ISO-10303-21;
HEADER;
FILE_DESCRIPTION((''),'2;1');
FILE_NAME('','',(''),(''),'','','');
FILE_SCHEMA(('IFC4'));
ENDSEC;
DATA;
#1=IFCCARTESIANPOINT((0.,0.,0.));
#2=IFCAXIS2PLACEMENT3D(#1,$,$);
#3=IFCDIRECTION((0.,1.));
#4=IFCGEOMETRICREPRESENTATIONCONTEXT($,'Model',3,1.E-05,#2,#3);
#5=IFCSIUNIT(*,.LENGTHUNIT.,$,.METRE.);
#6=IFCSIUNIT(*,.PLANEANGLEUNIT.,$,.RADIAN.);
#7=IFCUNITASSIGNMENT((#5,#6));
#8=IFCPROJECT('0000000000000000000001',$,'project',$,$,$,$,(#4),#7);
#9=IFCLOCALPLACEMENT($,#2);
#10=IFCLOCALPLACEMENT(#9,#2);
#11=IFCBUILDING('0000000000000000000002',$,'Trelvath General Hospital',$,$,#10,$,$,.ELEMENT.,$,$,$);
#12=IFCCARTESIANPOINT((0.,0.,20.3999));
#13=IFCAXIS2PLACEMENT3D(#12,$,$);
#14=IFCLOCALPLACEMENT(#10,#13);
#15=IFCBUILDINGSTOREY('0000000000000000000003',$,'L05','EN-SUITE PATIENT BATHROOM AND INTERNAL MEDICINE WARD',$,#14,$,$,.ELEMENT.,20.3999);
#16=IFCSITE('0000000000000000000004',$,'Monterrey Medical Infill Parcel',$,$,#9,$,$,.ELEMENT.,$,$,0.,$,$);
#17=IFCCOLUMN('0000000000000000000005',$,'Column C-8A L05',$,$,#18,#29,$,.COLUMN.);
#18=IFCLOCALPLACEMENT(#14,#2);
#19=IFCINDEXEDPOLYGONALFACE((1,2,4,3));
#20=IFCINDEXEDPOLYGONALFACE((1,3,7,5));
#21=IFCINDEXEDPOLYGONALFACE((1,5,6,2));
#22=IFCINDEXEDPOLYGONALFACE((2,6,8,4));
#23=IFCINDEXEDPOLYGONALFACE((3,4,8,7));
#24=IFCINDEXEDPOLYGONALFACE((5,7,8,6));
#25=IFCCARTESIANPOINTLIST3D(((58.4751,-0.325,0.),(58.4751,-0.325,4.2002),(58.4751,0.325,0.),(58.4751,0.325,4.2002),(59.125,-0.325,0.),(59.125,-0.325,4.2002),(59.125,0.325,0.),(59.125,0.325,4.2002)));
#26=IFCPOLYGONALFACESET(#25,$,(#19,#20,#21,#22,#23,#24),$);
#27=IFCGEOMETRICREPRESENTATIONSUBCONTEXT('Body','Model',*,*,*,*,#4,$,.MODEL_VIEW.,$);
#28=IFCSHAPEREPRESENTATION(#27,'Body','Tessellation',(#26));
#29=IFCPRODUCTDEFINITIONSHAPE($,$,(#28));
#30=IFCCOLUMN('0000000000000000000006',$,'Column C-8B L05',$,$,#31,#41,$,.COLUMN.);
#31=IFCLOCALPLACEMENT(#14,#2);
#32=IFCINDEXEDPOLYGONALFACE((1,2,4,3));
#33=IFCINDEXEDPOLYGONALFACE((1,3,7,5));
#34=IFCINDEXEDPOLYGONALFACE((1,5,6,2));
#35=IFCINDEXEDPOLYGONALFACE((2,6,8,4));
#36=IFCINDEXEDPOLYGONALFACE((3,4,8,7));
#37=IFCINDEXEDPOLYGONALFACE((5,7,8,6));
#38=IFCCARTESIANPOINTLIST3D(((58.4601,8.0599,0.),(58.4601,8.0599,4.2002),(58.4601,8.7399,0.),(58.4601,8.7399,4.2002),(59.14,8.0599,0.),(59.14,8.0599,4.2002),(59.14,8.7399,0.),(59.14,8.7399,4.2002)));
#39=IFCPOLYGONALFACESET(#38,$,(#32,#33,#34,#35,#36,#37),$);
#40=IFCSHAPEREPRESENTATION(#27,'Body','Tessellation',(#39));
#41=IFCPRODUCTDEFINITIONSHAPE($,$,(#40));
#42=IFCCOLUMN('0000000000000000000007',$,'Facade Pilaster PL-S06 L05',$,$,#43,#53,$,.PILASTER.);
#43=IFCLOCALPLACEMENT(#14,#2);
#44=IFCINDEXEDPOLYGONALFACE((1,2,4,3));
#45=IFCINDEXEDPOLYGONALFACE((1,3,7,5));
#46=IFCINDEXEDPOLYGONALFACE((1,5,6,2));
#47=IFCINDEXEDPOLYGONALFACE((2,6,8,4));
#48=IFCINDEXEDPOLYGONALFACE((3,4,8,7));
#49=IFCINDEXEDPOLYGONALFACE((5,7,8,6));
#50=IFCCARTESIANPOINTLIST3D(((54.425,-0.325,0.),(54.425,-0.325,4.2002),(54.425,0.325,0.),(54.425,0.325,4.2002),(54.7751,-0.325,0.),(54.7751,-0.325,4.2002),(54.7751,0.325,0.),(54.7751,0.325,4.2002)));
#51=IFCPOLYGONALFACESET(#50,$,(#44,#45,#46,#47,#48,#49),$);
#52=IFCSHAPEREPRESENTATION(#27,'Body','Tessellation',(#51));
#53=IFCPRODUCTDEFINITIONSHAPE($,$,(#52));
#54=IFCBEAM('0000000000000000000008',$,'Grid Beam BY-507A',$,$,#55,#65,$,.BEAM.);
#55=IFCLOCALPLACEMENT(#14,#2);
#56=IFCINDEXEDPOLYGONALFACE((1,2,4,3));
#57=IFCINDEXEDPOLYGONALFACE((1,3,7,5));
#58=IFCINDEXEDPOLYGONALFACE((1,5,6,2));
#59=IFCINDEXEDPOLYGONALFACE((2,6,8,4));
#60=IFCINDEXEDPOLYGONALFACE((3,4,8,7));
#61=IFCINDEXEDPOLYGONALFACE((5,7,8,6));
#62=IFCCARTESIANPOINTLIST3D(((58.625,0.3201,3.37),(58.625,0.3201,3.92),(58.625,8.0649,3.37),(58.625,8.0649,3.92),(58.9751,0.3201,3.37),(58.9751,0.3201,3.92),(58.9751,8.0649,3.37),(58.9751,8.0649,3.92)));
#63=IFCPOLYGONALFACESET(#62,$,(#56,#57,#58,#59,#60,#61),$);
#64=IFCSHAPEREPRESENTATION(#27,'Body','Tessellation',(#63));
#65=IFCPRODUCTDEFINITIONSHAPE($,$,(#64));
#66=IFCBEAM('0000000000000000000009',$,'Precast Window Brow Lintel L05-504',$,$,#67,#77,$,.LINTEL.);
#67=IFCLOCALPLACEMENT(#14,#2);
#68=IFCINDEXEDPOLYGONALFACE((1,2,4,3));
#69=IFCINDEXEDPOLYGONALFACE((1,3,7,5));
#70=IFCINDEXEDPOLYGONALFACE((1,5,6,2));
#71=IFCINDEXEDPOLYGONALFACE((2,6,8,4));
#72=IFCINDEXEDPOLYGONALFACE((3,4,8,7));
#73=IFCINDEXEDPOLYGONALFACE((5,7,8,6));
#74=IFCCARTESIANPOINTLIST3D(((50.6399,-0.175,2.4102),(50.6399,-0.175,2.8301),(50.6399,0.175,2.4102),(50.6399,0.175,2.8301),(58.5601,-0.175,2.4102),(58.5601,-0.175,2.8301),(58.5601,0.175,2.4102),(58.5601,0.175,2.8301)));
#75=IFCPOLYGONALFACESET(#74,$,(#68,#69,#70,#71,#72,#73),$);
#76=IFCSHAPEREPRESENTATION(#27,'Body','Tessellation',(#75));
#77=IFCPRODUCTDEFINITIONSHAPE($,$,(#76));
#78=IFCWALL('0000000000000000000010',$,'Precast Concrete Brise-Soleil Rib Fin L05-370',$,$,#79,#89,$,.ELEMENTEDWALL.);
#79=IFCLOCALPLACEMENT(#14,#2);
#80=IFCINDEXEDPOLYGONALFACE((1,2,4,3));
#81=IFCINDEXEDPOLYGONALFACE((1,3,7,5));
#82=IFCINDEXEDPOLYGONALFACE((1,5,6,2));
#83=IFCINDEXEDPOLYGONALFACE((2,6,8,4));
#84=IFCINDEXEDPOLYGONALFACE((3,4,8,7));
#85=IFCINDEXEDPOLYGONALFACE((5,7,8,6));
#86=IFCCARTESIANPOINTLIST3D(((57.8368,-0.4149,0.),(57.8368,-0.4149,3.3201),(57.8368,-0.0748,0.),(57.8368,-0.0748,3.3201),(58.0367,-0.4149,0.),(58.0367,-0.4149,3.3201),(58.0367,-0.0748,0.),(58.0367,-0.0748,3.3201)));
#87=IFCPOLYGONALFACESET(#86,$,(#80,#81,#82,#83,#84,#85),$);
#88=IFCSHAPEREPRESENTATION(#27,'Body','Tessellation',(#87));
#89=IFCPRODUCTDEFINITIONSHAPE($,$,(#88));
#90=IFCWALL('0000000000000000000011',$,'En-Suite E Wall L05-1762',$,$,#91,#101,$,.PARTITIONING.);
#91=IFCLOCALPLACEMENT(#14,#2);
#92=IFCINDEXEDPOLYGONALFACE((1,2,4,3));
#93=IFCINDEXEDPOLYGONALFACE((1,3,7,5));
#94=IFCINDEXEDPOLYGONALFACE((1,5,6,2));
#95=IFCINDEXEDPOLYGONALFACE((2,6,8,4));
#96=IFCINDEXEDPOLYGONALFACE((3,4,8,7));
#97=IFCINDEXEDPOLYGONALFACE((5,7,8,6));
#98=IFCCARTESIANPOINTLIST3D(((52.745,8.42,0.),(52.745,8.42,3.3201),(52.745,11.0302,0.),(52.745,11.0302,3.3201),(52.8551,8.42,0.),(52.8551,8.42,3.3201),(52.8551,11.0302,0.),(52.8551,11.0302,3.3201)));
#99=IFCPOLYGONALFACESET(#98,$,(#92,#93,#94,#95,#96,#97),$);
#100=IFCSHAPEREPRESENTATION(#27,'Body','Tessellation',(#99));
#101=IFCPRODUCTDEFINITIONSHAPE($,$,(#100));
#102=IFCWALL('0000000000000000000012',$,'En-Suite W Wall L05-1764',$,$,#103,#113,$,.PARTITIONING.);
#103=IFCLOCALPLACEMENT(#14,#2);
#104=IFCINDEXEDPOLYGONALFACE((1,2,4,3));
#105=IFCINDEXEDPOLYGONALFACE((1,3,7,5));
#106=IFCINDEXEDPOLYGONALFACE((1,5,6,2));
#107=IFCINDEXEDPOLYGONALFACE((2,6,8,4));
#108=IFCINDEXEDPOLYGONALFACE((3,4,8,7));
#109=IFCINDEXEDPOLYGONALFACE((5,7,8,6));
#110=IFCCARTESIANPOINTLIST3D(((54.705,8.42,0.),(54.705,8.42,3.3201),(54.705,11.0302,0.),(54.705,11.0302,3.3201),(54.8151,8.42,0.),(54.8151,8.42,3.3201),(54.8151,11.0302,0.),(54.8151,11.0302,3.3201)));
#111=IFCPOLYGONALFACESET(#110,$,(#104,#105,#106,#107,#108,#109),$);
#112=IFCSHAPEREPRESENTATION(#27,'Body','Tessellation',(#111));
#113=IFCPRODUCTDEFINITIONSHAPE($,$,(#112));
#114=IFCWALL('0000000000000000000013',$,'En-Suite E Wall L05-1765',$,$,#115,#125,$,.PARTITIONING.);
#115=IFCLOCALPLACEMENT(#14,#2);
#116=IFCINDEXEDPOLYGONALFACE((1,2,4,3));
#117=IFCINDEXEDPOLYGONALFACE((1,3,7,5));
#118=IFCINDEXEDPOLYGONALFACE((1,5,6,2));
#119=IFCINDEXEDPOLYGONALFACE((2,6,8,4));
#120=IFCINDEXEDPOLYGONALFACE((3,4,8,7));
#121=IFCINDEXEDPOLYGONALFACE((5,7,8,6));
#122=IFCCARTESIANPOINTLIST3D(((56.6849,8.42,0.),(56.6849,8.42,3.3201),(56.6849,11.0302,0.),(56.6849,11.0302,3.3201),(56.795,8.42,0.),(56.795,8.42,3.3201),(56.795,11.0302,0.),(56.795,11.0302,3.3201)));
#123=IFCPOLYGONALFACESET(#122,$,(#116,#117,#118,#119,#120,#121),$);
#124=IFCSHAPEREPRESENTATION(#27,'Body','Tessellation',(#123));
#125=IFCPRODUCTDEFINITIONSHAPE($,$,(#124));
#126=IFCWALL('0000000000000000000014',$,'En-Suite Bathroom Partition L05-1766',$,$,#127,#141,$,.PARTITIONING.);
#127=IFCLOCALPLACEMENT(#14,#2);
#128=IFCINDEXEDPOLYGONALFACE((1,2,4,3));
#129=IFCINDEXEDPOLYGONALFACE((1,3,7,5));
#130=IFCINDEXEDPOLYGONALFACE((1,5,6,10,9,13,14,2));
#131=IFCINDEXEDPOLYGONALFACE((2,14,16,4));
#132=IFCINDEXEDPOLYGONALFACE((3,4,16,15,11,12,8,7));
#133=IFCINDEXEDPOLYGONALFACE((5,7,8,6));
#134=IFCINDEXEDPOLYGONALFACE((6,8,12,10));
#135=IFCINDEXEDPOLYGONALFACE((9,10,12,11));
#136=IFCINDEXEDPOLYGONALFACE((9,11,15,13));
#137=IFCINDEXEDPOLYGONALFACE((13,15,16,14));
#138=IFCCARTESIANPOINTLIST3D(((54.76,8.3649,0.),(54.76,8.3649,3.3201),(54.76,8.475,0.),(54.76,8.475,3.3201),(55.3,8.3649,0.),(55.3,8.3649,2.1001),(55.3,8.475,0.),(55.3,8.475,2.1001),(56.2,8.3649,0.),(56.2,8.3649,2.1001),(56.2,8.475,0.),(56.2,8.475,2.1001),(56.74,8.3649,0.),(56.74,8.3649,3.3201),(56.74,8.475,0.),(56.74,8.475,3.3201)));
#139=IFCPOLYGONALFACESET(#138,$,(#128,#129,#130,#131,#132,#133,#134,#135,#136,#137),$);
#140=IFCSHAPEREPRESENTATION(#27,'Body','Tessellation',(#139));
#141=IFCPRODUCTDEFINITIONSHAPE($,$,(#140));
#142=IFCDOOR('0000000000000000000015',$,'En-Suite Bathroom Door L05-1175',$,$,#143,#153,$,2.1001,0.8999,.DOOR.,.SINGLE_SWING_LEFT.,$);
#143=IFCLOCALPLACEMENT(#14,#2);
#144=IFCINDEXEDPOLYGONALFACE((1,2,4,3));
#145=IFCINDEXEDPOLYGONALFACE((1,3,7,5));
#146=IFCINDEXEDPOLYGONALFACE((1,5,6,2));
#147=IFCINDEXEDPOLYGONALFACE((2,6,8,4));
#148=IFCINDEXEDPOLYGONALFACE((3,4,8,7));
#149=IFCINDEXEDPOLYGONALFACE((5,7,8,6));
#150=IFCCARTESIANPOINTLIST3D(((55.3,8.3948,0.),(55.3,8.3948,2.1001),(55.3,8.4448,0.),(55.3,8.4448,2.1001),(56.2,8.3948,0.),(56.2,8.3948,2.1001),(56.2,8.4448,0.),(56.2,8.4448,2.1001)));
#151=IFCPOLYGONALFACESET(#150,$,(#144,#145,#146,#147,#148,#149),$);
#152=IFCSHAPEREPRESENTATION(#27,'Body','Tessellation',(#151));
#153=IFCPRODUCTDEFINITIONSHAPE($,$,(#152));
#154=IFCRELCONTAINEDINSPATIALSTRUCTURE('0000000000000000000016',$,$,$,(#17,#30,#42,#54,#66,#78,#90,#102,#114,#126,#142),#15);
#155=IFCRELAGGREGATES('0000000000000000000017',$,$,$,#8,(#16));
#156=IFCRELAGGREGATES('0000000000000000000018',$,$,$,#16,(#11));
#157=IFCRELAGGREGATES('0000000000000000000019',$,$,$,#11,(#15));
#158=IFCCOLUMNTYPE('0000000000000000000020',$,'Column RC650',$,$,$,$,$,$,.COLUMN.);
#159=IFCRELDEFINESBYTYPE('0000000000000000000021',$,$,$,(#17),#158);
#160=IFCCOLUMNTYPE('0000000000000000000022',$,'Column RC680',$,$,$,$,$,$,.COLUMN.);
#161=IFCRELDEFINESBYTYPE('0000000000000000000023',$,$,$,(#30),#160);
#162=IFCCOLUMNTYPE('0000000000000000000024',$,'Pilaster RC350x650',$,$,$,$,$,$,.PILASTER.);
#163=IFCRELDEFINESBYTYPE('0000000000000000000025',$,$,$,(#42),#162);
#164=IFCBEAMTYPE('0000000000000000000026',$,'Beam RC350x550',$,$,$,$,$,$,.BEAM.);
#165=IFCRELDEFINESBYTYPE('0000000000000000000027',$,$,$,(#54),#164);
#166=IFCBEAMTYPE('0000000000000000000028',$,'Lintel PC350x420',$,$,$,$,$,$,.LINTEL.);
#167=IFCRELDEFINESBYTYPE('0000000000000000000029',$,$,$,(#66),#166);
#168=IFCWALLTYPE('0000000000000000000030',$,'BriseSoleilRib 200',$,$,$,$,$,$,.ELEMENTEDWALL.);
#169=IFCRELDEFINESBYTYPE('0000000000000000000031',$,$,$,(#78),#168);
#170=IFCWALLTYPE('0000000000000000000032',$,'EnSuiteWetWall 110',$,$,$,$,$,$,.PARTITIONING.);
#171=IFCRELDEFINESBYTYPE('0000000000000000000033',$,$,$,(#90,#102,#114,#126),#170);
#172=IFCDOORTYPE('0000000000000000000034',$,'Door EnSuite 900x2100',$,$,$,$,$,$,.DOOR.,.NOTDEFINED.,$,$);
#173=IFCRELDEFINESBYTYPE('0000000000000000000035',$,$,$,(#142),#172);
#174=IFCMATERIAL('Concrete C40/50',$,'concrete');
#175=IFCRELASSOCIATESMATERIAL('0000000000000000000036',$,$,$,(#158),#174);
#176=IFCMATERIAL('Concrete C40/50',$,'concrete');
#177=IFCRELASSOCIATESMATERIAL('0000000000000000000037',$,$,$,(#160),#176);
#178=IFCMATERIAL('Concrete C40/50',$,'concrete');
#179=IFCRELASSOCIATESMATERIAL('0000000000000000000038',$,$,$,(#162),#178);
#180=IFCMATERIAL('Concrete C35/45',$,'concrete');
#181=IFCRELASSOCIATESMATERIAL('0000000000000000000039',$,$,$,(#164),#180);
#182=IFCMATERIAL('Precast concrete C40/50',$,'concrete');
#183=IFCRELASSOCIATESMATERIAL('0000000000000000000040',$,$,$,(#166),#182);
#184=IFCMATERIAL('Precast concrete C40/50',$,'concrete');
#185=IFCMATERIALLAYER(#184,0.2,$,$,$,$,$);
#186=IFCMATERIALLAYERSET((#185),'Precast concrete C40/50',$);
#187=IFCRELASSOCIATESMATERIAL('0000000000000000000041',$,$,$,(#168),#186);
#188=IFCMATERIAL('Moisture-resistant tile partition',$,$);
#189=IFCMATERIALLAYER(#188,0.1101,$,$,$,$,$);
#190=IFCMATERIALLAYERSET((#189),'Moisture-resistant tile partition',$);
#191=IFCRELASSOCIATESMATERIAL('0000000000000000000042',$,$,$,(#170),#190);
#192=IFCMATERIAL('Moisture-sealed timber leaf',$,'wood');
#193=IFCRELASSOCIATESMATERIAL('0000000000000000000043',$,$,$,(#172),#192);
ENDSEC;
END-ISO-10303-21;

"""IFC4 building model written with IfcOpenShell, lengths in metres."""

from ifc_helpers import new_model, si_unit, direction, frame, frame_2d, origin, origin_2d, place, context, subcontext, project, spatial, rectangle, extrude, material, layer, layer_set, material_profile, profile_set, type_object, element, fill, save


model = new_model("IFC4")

# Units and contexts
model_context = context("Model", 3, precision=1e-05, world=origin(), true_north=direction((0.0, 1.0)))
body_context = subcontext(model_context, "Body", "Model", "MODEL_VIEW")
ifc_project = project(units=[si_unit("LENGTHUNIT", "METRE"), si_unit("PLANEANGLEUNIT", "RADIAN")], contexts=[model_context])

# Site, building, storey
site_placement = place(None, origin())
site = spatial("IfcSite", under=ifc_project, at=site_placement, Name="Monterrey Medical Infill Parcel", CompositionType="ELEMENT", RefElevation=0.0)
building_placement = place(site_placement, origin())
building = spatial("IfcBuilding", under=site, at=building_placement, Name="Trelvath General Hospital", CompositionType="ELEMENT")
storey_placement = place(building_placement, frame((0.0, 0.0, 20.3999)))
storey = spatial("IfcBuildingStorey", under=building, at=storey_placement, Name="L05", Description="EN-SUITE PATIENT BATHROOM AND INTERNAL MEDICINE WARD", CompositionType="ELEMENT", Elevation=20.3999)

# Columns
ifc_material_1 = material(Name="Concrete C40/50", Category="concrete")
ifc_material_profile_1 = material_profile(ifc_material_1, rectangle(XDim=0.6499, YDim=0.6499, at=origin_2d()), Name="RC650x650")
ifc_profile_set_1 = profile_set([ifc_material_profile_1], Name="Concrete C40/50")
column_type_1 = type_object("IfcColumnType", Name="Column RC650", PredefinedType="COLUMN", material=ifc_profile_set_1)
column_1_placement = place(storey_placement, frame((58.8, 0.0, 0.0), z_axis=(0.0, 0.0, 1.0), x_axis=(1.0, 0.0, 0.0)))
element("IfcColumn", 1, at=column_1_placement, inside=storey, type_object=column_type_1, Name="Column C-8A L05", PredefinedType="COLUMN", context=body_context, shape_type="SweptSolid", body=[
    extrude(rectangle(XDim=0.6499, YDim=0.6499, at=origin_2d()), origin(), (0.0, 0.0, 1.0), 4.2002),
])
ifc_material_2 = material(Name="Concrete C40/50", Category="concrete")
ifc_material_profile_2 = material_profile(ifc_material_2, rectangle(XDim=0.6799, YDim=0.6799, at=origin_2d()), Name="RC680x680")
ifc_profile_set_2 = profile_set([ifc_material_profile_2], Name="Concrete C40/50")
column_type_2 = type_object("IfcColumnType", Name="Column RC680", PredefinedType="COLUMN", material=ifc_profile_set_2)
column_2_placement = place(storey_placement, frame((58.8, 8.3999, 0.0), z_axis=(0.0, 0.0, 1.0), x_axis=(1.0, 0.0, 0.0)))
element("IfcColumn", 2, at=column_2_placement, inside=storey, type_object=column_type_2, Name="Column C-8B L05", PredefinedType="COLUMN", context=body_context, shape_type="SweptSolid", body=[
    extrude(rectangle(XDim=0.6799, YDim=0.6799, at=origin_2d()), origin(), (0.0, 0.0, 1.0), 4.2002),
])
ifc_material_3 = material(Name="Concrete C40/50", Category="concrete")
ifc_material_profile_3 = material_profile(ifc_material_3, rectangle(XDim=0.3501, YDim=0.6499, at=origin_2d()), Name="RC350x650")
ifc_profile_set_3 = profile_set([ifc_material_profile_3], Name="Concrete C40/50")
column_type_3 = type_object("IfcColumnType", Name="Pilaster RC350x650", PredefinedType="PILASTER", material=ifc_profile_set_3)
column_3_placement = place(storey_placement, frame((54.6001, 0.0, 0.0), z_axis=(0.0, 0.0, 1.0), x_axis=(1.0, 0.0, 0.0)))
element("IfcColumn", 3, at=column_3_placement, inside=storey, type_object=column_type_3, Name="Facade Pilaster PL-S06 L05", PredefinedType="PILASTER", context=body_context, shape_type="SweptSolid", body=[
    extrude(rectangle(XDim=0.3501, YDim=0.6499, at=origin_2d()), origin(), (0.0, 0.0, 1.0), 4.2002),
])

# Beams
ifc_material_4 = material(Name="Concrete C35/45", Category="concrete")
ifc_material_profile_4 = material_profile(ifc_material_4, rectangle(XDim=0.3501, YDim=0.55, at=origin_2d()), Name="RCB350x550")
ifc_profile_set_4 = profile_set([ifc_material_profile_4], Name="Concrete C35/45")
beam_type_1 = type_object("IfcBeamType", Name="Beam RC350x550", PredefinedType="BEAM", material=ifc_profile_set_4)
beam_1_placement = place(storey_placement, frame((58.8, 0.3201, 3.645), z_axis=(0.0, 1.0, 0.0), x_axis=(-1.0, 0.0, 0.0)))
element("IfcBeam", 4, at=beam_1_placement, inside=storey, type_object=beam_type_1, Name="Grid Beam BY-507A", PredefinedType="BEAM", context=body_context, shape_type="SweptSolid", body=[
    extrude(rectangle(XDim=0.3501, YDim=0.55, at=origin_2d()), origin(), (0.0, 0.0, 1.0), 7.7449),
])
ifc_material_5 = material(Name="Precast concrete C40/50", Category="concrete")
ifc_material_profile_5 = material_profile(ifc_material_5, rectangle(XDim=0.3501, YDim=0.4199, at=origin_2d()), Name="PCL350x420")
ifc_profile_set_5 = profile_set([ifc_material_profile_5], Name="Precast concrete C40/50")
beam_type_2 = type_object("IfcBeamType", Name="Lintel PC350x420", PredefinedType="LINTEL", material=ifc_profile_set_5)
beam_2_placement = place(storey_placement, frame((58.5601, 0.0, 2.6201), z_axis=(-1.0, 0.0, 0.0), x_axis=(0.0, -1.0, 0.0)))
element("IfcBeam", 5, at=beam_2_placement, inside=storey, type_object=beam_type_2, Name="Precast Window Brow Lintel L05-504", PredefinedType="LINTEL", context=body_context, shape_type="SweptSolid", body=[
    extrude(rectangle(XDim=0.3501, YDim=0.4199, at=origin_2d()), origin(), (0.0, 0.0, 1.0), 7.9202),
])

# Walls
ifc_material_6 = material(Name="Precast concrete C40/50", Category="concrete")
ifc_layer_1 = layer(ifc_material_6, 0.2)
ifc_layer_set_1 = layer_set([ifc_layer_1], Name="Precast concrete C40/50")
wall_type_1 = type_object("IfcWallType", Name="BriseSoleilRib 200", PredefinedType="ELEMENTEDWALL", material=ifc_layer_set_1)
wall_1_placement = place(storey_placement, frame((57.9368, -0.075, 0.0), z_axis=(0.0, 0.0, 1.0), x_axis=(0.0, -1.0, 0.0)))
element("IfcWall", 6, at=wall_1_placement, inside=storey, type_object=wall_type_1, Name="Precast Concrete Brise-Soleil Rib Fin L05-370", PredefinedType="ELEMENTEDWALL", context=body_context, shape_type="SweptSolid", body=[
    extrude(rectangle(XDim=0.3401, YDim=0.2, at=frame_2d((0.1699, 0.0))), origin(), (0.0, 0.0, 1.0), 3.3201),
])
ifc_material_7 = material(Name="Moisture-resistant tile partition")
ifc_layer_2 = layer(ifc_material_7, 0.1101)
ifc_layer_set_2 = layer_set([ifc_layer_2], Name="Moisture-resistant tile partition")
wall_type_2 = type_object("IfcWallType", Name="EnSuiteWetWall 110", PredefinedType="PARTITIONING", material=ifc_layer_set_2)
for number, where, z_axis, x_axis, name in (
    (7, (52.8, 8.4199, 0.0), (0.0, 0.0, 1.0), (0.0, 1.0, 0.0), "En-Suite E Wall L05-1762"),
    (8, (54.76, 8.4199, 0.0), (0.0, 0.0, 1.0), (0.0, 1.0, 0.0), "En-Suite W Wall L05-1764"),
    (9, (56.74, 8.4199, 0.0), (0.0, 0.0, 1.0), (0.0, 1.0, 0.0), "En-Suite E Wall L05-1765"),
):
    element("IfcWall", number, at=place(storey_placement, frame(where, z_axis=z_axis, x_axis=x_axis)), inside=storey, type_object=wall_type_2, Name=name, PredefinedType="PARTITIONING", context=body_context, shape_type="SweptSolid", body=[
        extrude(rectangle(XDim=2.6101, YDim=0.1101, at=frame_2d((1.3052, 0.0))), origin(), (0.0, 0.0, 1.0), 3.3201),
    ])

# Wall, opening, door
wall_2_placement = place(storey_placement, frame((54.76, 8.4199, 0.0), z_axis=(0.0, 0.0, 1.0), x_axis=(1.0, 0.0, 0.0)))
wall_2 = element("IfcWall", 10, at=wall_2_placement, inside=storey, type_object=wall_type_2, Name="En-Suite Bathroom Partition L05-1766", PredefinedType="PARTITIONING", context=body_context, shape_type="SweptSolid", body=[
    extrude(rectangle(XDim=1.98, YDim=0.1101, at=frame_2d((0.99, 0.0))), origin(), (0.0, 0.0, 1.0), 3.3201),
])
opening_1_placement = place(wall_2_placement, frame((0.54, 0.0, 0.0)))
opening_1 = element("IfcOpeningElement", 11, at=opening_1_placement, cuts=wall_2, PredefinedType="OPENING", context=body_context, shape_type="SweptSolid", body=[
    extrude(rectangle(XDim=0.8999, YDim=2.1001, at=frame_2d((0.45, 1.05))), frame((0.0, 0.0649, 0.0), z_axis=(0.0, -1.0, 0.0), x_axis=(1.0, 0.0, 0.0)), (0.0, 0.0, 1.0), 0.1301),
])
ifc_material_8 = material(Name="Moisture-sealed timber leaf", Category="wood")
door_type = type_object("IfcDoorType", Name="Door EnSuite 900x2100", OperationType="NOTDEFINED", PredefinedType="DOOR", material=ifc_material_8)
door_placement = place(opening_1_placement, origin())
door = element("IfcDoor", 12, at=door_placement, inside=storey, type_object=door_type, Name="En-Suite Bathroom Door L05-1175", OperationType="SINGLE_SWING_LEFT", OverallHeight=2.1001, OverallWidth=0.8999, PredefinedType="DOOR", context=body_context, shape_type="SweptSolid", body=[
    extrude(rectangle(XDim=0.8999, YDim=2.1001, at=frame_2d((0.45, 1.05))), frame((0.0, 0.0249, 0.0), z_axis=(0.0, -1.0, 0.0), x_axis=(1.0, 0.0, 0.0)), (0.0, 0.0, 1.0), 0.05),
])
fill(opening_1, door)

save(model, "model.ifc")
